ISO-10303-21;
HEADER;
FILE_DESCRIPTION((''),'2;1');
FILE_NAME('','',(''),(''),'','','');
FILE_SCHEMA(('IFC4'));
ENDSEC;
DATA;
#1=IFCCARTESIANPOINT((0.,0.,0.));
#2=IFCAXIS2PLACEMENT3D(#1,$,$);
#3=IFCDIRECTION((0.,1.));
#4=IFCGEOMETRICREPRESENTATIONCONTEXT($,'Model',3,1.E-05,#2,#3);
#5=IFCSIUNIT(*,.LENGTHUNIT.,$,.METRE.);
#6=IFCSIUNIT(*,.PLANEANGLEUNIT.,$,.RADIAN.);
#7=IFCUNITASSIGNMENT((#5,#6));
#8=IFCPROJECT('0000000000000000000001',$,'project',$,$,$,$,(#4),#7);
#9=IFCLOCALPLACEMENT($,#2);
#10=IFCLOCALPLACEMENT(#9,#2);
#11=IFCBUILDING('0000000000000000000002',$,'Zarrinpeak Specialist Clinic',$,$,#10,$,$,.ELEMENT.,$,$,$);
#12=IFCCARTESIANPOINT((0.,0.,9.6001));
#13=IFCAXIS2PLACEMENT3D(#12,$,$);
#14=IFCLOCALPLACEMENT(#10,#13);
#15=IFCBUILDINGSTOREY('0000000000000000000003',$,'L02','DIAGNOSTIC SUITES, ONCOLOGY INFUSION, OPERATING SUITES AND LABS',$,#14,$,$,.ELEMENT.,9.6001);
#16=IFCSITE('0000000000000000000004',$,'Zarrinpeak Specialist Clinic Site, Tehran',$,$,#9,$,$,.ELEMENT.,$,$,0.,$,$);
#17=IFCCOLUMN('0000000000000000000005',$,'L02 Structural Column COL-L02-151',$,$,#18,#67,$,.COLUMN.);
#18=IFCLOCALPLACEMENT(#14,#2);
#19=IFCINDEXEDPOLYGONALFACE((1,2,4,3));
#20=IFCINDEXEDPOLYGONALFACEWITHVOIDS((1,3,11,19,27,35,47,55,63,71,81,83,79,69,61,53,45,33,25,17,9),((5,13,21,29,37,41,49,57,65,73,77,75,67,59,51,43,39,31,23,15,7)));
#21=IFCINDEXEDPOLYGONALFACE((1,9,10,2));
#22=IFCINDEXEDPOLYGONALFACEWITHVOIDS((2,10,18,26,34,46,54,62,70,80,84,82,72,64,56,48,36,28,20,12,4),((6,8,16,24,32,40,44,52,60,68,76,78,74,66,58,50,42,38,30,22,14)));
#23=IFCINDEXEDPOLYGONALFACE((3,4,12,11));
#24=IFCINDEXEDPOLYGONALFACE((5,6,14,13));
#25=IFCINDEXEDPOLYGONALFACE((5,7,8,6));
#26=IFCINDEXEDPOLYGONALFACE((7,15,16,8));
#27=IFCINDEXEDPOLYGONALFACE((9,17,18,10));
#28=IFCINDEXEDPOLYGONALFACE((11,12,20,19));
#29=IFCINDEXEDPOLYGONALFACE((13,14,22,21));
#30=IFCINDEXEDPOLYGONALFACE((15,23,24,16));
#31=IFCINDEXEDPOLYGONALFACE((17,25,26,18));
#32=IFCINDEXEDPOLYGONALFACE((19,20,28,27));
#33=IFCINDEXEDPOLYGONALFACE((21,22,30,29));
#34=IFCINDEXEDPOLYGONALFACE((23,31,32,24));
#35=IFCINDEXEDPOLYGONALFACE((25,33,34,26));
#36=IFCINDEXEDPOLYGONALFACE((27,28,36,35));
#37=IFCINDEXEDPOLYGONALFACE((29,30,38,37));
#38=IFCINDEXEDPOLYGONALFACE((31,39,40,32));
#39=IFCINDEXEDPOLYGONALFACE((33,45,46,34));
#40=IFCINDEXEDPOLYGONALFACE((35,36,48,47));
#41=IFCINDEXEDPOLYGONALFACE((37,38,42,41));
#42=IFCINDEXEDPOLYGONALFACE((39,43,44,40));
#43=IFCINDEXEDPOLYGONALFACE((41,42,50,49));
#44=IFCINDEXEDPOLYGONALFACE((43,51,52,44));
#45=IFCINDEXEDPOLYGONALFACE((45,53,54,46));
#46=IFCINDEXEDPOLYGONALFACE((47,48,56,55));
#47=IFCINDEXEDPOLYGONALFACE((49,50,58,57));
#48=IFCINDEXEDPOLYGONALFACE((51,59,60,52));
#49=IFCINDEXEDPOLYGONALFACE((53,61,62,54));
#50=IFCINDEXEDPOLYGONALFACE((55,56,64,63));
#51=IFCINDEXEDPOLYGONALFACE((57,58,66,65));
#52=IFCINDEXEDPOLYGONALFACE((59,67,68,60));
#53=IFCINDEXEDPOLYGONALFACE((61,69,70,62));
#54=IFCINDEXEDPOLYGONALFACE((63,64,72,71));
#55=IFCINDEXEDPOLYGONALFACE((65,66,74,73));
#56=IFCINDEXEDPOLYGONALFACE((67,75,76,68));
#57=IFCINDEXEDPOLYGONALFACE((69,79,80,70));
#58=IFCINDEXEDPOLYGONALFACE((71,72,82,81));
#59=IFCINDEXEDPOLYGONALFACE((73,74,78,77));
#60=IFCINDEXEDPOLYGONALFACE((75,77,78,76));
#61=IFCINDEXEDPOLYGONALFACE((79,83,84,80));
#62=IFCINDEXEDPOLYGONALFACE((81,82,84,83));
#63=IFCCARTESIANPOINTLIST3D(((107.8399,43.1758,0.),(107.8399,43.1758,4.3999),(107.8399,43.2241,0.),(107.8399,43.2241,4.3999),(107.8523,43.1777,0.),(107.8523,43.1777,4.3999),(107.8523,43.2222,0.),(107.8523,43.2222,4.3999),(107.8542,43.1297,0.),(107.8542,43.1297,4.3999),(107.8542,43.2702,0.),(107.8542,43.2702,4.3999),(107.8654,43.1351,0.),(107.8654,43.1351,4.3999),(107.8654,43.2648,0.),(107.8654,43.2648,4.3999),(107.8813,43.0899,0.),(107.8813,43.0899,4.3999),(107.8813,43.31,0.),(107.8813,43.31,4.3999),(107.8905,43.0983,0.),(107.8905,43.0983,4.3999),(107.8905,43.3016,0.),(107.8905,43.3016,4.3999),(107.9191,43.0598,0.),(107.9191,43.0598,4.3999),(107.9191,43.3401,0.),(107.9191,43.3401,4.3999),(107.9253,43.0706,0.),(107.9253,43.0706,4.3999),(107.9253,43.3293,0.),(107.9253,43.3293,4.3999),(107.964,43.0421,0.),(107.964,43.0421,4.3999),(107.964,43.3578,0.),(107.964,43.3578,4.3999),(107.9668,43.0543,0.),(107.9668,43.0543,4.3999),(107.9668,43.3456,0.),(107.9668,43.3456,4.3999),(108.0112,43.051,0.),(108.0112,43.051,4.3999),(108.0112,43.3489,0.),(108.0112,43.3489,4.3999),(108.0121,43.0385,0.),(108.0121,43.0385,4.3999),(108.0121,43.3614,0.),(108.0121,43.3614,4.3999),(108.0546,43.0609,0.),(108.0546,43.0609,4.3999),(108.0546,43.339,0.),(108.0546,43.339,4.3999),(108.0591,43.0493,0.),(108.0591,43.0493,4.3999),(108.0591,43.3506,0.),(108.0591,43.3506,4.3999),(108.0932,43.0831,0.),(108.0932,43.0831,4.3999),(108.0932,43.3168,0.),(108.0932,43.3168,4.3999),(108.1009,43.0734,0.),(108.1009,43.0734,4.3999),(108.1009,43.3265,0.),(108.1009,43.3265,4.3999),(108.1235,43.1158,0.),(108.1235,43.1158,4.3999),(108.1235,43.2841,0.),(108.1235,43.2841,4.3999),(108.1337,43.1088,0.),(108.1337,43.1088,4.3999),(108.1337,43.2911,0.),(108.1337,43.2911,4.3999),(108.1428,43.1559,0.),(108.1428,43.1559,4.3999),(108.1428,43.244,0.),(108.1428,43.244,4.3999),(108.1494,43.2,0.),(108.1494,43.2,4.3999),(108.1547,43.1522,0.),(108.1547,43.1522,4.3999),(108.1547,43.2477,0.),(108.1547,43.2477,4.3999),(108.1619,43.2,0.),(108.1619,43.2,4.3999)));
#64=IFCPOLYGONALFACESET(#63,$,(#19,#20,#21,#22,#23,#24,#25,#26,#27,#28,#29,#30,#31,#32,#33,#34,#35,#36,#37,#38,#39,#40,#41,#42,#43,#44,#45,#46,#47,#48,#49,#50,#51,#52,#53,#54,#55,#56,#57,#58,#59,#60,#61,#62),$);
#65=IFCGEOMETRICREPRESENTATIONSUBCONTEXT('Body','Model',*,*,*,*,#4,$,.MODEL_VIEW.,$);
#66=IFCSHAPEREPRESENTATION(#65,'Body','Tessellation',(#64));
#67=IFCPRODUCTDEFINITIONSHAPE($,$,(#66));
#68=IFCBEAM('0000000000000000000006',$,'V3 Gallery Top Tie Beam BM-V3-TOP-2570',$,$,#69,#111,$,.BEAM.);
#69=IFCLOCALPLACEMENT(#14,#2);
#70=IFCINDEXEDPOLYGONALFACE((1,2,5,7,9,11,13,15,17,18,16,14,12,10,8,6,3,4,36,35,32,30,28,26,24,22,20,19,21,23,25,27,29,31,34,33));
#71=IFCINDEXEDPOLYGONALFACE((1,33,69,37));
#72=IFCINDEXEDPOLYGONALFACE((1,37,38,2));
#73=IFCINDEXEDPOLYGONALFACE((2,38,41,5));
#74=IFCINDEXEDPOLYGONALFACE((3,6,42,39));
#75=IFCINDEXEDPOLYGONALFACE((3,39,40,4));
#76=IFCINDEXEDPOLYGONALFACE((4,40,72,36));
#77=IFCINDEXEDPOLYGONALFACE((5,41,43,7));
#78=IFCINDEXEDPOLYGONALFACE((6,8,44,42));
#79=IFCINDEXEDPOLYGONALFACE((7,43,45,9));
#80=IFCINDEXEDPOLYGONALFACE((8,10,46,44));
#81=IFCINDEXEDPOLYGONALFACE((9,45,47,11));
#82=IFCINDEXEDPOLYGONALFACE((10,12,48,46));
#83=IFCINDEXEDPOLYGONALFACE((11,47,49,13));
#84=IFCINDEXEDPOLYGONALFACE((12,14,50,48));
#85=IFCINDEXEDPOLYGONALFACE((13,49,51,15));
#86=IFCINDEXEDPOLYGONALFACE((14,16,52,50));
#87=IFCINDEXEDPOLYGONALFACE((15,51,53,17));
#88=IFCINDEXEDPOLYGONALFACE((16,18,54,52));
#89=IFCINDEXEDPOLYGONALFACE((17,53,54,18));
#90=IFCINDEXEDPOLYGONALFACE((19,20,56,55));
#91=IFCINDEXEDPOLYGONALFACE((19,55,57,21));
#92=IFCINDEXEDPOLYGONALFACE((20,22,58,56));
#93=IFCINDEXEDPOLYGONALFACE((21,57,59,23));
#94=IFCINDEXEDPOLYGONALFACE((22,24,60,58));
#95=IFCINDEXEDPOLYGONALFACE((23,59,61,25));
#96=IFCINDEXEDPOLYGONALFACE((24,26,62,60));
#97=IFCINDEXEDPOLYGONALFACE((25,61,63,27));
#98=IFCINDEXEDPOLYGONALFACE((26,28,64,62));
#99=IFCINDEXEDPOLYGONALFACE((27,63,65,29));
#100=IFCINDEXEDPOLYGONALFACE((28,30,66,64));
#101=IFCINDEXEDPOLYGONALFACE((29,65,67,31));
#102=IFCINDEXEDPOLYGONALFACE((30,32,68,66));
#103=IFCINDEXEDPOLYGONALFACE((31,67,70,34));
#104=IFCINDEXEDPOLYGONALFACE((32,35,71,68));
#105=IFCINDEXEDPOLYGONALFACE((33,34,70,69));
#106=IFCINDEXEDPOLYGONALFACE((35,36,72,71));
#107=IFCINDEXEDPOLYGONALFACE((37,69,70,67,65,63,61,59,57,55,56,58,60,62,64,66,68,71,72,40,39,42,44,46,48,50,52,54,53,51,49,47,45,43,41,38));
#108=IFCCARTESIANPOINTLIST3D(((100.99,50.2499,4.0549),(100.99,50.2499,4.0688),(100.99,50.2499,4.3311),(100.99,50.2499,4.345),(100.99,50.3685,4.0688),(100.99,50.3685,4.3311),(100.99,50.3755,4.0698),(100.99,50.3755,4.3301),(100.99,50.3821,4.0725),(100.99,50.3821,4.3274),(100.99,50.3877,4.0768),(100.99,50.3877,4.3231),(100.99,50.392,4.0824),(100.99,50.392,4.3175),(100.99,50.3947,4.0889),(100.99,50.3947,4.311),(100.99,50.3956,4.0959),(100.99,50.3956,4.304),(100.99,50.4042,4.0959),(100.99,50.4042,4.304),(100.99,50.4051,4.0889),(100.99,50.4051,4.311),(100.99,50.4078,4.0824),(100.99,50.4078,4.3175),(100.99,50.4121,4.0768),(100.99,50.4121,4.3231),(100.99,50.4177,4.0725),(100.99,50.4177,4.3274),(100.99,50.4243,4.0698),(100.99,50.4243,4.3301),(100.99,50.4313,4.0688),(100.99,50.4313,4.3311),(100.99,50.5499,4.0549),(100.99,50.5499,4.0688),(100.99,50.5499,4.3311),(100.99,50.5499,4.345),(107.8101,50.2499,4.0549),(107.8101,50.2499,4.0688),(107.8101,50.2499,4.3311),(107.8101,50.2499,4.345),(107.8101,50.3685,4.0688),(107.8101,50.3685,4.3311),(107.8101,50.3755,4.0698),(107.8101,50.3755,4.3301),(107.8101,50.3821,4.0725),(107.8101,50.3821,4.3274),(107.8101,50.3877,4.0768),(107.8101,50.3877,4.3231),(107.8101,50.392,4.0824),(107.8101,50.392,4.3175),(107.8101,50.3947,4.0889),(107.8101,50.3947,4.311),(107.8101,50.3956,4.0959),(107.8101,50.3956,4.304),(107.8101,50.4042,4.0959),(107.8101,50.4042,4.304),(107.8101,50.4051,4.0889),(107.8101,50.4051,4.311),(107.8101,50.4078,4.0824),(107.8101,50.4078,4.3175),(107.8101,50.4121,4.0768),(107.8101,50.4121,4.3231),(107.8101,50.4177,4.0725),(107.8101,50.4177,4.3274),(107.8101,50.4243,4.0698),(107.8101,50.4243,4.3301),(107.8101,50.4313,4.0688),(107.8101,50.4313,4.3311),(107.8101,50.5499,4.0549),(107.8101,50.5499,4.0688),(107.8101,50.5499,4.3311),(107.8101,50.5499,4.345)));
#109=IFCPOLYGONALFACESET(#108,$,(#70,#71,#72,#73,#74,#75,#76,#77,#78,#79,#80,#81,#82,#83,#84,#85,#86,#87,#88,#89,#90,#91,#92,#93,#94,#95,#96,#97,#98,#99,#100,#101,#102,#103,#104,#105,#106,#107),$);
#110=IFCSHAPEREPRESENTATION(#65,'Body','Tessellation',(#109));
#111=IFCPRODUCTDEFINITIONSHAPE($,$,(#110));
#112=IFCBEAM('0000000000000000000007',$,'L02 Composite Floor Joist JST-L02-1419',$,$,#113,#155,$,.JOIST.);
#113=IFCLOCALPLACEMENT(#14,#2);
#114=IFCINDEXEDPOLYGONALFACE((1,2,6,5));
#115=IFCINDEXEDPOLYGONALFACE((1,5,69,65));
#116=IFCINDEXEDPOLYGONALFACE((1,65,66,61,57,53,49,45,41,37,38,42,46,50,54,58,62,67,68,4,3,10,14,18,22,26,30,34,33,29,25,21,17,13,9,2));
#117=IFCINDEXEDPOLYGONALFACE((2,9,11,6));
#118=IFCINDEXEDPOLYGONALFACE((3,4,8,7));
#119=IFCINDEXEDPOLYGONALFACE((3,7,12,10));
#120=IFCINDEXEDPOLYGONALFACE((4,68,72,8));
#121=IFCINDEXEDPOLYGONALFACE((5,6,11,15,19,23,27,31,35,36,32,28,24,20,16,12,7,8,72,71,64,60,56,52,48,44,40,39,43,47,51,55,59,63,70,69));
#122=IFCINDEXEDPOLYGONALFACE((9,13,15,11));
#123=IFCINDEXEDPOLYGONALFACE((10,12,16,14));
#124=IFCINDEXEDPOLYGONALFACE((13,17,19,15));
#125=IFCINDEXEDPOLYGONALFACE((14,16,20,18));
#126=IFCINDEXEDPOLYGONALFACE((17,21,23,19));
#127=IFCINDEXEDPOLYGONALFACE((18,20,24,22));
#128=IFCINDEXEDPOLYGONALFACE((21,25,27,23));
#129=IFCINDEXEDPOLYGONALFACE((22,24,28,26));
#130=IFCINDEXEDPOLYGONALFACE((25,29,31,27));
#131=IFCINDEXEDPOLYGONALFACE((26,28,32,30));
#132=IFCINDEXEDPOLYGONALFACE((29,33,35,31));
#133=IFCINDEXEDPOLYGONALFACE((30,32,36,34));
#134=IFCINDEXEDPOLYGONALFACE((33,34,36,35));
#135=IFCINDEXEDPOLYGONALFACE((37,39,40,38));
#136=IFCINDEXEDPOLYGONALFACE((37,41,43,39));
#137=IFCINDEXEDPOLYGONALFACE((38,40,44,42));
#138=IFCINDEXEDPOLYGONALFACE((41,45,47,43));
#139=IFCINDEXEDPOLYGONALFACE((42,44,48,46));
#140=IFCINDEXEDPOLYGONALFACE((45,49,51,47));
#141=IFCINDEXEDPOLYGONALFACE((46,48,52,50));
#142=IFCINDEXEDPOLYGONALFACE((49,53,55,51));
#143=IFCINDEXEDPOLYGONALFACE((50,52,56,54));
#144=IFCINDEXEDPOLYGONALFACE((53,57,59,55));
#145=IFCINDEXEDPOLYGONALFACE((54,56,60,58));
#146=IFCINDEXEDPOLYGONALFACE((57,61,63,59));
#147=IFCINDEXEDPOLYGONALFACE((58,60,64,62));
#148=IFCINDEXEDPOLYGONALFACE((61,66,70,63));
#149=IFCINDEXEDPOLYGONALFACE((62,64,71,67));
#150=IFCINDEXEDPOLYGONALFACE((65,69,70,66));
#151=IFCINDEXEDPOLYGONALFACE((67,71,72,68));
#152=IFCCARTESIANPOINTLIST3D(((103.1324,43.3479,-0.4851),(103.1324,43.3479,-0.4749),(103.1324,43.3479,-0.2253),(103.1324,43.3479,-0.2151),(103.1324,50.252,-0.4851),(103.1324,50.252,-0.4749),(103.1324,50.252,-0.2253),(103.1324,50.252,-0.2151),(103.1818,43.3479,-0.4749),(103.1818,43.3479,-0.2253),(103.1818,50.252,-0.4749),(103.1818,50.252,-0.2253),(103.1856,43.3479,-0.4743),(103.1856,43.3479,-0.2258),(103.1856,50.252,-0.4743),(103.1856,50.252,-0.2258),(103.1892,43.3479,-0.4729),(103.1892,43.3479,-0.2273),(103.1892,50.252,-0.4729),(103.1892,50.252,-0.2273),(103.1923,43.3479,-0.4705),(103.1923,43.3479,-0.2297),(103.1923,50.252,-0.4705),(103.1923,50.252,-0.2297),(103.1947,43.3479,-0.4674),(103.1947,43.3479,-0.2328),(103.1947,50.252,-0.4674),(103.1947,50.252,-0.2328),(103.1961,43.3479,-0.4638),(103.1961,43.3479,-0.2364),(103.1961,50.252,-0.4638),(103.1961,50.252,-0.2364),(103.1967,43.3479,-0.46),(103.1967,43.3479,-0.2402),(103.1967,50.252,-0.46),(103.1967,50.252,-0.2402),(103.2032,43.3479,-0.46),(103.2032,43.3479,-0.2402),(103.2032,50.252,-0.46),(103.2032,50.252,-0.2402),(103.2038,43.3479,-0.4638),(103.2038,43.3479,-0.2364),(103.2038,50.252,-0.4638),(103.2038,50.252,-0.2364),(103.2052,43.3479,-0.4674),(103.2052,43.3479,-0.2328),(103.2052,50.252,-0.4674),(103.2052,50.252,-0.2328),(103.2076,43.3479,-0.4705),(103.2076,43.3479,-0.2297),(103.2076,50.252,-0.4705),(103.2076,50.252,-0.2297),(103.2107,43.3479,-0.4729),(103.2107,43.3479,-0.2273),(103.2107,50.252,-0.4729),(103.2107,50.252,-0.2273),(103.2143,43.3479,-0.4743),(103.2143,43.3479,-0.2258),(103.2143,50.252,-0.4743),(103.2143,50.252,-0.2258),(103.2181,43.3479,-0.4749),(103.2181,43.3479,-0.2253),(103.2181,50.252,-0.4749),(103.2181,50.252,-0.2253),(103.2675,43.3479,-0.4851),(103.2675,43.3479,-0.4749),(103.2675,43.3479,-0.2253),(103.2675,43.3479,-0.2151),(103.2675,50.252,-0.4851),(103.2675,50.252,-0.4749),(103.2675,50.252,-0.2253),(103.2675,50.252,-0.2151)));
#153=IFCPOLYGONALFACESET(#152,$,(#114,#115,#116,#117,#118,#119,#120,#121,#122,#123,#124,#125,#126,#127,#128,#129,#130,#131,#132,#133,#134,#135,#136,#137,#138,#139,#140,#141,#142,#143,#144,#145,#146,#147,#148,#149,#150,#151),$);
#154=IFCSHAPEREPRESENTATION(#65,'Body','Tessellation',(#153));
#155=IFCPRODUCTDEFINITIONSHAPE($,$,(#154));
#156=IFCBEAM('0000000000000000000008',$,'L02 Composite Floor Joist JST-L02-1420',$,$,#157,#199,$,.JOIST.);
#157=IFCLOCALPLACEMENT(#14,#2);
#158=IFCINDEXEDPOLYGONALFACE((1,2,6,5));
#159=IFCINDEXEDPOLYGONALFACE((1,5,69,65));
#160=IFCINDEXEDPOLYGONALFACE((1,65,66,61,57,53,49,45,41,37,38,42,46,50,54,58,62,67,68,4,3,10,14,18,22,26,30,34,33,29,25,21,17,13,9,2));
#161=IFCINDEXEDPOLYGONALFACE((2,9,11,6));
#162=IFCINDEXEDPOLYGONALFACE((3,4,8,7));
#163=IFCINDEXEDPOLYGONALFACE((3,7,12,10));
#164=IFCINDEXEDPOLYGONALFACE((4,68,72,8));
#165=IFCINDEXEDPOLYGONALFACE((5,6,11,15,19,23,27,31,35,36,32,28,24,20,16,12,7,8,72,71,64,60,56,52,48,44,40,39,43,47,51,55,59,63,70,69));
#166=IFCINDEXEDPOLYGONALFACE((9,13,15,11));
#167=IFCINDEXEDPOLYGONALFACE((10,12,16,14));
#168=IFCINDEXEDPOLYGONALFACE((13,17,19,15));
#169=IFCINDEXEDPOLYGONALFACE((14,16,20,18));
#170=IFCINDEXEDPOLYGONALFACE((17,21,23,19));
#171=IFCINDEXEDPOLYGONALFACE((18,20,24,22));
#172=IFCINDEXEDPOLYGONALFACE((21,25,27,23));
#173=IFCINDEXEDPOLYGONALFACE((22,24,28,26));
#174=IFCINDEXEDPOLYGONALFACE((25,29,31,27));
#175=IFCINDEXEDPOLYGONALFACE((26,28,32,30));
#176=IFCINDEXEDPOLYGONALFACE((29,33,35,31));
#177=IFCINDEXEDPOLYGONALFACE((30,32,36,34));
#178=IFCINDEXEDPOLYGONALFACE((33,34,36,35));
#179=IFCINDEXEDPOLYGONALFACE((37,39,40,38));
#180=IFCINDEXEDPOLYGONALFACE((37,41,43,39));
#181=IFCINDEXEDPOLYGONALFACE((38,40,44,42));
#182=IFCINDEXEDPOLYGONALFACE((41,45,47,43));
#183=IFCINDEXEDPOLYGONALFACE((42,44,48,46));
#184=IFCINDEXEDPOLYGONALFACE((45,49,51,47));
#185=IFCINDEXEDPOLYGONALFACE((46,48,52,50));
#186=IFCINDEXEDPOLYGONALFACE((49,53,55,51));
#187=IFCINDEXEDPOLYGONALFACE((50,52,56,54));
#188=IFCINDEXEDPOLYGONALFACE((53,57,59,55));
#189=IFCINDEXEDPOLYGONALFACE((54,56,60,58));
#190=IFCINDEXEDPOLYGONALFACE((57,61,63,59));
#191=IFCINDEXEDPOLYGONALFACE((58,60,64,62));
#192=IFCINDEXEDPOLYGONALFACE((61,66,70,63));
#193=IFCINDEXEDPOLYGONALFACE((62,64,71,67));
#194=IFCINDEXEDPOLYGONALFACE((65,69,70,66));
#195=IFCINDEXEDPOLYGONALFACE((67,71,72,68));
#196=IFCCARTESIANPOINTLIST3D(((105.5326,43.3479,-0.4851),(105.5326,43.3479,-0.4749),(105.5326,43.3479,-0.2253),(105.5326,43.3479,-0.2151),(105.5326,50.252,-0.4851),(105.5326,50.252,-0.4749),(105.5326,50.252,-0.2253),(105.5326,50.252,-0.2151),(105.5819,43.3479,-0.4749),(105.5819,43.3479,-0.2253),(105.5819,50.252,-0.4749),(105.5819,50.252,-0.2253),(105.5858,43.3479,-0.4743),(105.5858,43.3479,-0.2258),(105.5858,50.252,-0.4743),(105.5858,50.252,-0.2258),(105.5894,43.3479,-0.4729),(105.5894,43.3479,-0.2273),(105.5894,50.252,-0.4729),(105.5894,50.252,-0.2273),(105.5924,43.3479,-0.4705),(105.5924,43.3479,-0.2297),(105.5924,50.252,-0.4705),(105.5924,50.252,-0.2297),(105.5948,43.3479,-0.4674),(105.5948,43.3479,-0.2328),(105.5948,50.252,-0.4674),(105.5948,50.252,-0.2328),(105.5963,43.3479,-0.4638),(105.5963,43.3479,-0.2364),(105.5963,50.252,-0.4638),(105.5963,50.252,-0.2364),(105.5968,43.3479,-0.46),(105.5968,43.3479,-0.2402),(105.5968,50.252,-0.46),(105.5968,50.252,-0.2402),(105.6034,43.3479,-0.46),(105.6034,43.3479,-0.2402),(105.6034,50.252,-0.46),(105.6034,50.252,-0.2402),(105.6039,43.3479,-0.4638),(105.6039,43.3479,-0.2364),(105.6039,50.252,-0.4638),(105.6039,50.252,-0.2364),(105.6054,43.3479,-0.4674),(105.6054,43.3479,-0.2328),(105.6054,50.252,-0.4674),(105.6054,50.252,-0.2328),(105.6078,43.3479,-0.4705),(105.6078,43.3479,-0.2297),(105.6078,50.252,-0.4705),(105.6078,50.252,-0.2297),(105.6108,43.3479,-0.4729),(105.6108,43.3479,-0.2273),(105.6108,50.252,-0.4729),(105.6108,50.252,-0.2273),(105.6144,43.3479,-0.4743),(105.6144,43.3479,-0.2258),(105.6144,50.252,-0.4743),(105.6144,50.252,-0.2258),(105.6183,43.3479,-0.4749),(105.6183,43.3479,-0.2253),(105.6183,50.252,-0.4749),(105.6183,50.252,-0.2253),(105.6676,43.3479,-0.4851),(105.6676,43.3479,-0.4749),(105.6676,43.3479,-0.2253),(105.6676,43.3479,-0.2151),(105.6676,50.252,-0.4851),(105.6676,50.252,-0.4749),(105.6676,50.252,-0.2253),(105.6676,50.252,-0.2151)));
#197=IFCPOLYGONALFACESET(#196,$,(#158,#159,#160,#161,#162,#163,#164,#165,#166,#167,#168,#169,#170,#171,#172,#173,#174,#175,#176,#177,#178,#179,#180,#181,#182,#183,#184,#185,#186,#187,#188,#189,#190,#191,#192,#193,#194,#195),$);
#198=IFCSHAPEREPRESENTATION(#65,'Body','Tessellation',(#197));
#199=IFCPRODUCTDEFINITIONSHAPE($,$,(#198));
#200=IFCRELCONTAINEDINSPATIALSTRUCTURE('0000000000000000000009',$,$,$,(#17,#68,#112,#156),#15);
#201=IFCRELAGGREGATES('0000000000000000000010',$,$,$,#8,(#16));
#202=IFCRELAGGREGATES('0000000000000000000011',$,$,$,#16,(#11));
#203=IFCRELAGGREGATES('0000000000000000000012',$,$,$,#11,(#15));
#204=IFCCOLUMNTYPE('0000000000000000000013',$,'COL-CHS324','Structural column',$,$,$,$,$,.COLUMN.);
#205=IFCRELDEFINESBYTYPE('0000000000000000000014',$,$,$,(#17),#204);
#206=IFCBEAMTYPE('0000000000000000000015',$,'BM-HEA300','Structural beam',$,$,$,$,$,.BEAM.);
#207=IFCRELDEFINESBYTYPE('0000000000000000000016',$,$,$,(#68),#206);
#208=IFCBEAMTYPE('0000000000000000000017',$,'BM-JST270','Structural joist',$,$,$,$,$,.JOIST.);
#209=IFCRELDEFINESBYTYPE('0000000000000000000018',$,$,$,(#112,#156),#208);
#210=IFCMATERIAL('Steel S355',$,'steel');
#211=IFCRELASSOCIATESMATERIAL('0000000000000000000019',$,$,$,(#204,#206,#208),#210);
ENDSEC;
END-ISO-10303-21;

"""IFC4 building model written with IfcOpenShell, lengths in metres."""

from ifc_helpers import new_model, si_unit, direction, frame, origin, origin_2d, place, context, subcontext, project, spatial, hollow_circle, i_section, extrude, material, material_profile, profile_set, type_object, element, save


model = new_model("IFC4")

# Units and contexts
model_context = context("Model", 3, precision=1e-05, world=origin(), true_north=direction((0.0, 1.0)))
body_context = subcontext(model_context, "Body", "Model", "MODEL_VIEW")
ifc_project = project(units=[si_unit("LENGTHUNIT", "METRE"), si_unit("PLANEANGLEUNIT", "RADIAN")], contexts=[model_context])

# Site, building, storey
site_placement = place(None, origin())
site = spatial("IfcSite", under=ifc_project, at=site_placement, Name="Zarrinpeak Specialist Clinic Site, Tehran", CompositionType="ELEMENT", RefElevation=0.0)
building_placement = place(site_placement, origin())
building = spatial("IfcBuilding", under=site, at=building_placement, Name="Zarrinpeak Specialist Clinic", CompositionType="ELEMENT")
storey_placement = place(building_placement, frame((0.0, 0.0, 9.6001)))
storey = spatial("IfcBuildingStorey", under=building, at=storey_placement, Name="L02", Description="DIAGNOSTIC SUITES, ONCOLOGY INFUSION, OPERATING SUITES AND LABS", CompositionType="ELEMENT", Elevation=9.6001)

# Column
ifc_material_1 = material(Name="Steel S355", Category="steel")
ifc_material_profile_1 = material_profile(ifc_material_1, hollow_circle(Radius=0.1619, WallThickness=0.0125, at=origin_2d()), Name="CHS 323.9x12.5")
ifc_profile_set_1 = profile_set([ifc_material_profile_1], Name="Steel S355")
column_type = type_object("IfcColumnType", Name="COL-CHS324", Description="Structural column", PredefinedType="COLUMN", material=ifc_profile_set_1)
column_placement = place(storey_placement, frame((108.0, 43.2, 0.0), z_axis=(0.0, 0.0, 1.0), x_axis=(1.0, 0.0, 0.0)))
element("IfcColumn", 1, at=column_placement, inside=storey, type_object=column_type, Name="L02 Structural Column COL-L02-151", PredefinedType="COLUMN", context=body_context, shape_type="SweptSolid", body=[
    extrude(hollow_circle(Radius=0.1619, WallThickness=0.0125, at=origin_2d()), origin(), (0.0, 0.0, 1.0), 4.3999),
])

# Beams
ifc_material_profile_2 = material_profile(ifc_material_1, i_section(OverallWidth=0.3, OverallDepth=0.29, WebThickness=0.0085, FlangeThickness=0.0139, FilletRadius=0.0271, at=origin_2d()), Name="HEA 300")
ifc_profile_set_2 = profile_set([ifc_material_profile_2], Name="Steel S355")
beam_type_1 = type_object("IfcBeamType", Name="BM-HEA300", Description="Structural beam", PredefinedType="BEAM", material=ifc_profile_set_2)
beam_1_placement = place(storey_placement, frame((100.99, 50.3999, 4.2), z_axis=(1.0, 0.0, 0.0), x_axis=(0.0, 1.0, 0.0)))
element("IfcBeam", 2, at=beam_1_placement, inside=storey, type_object=beam_type_1, Name="V3 Gallery Top Tie Beam BM-V3-TOP-2570", PredefinedType="BEAM", context=body_context, shape_type="SweptSolid", body=[
    extrude(i_section(OverallWidth=0.3, OverallDepth=0.29, WebThickness=0.0085, FlangeThickness=0.0139, FilletRadius=0.0271, at=origin_2d()), origin(), (0.0, 0.0, 1.0), 6.8201),
])
ifc_material_profile_3 = material_profile(ifc_material_1, i_section(OverallWidth=0.135, OverallDepth=0.27, WebThickness=0.0066, FlangeThickness=0.0103, FilletRadius=0.0149, at=origin_2d()), Name="IPE 270")
ifc_profile_set_3 = profile_set([ifc_material_profile_3], Name="Steel S355")
beam_type_2 = type_object("IfcBeamType", Name="BM-JST270", Description="Structural joist", PredefinedType="JOIST", material=ifc_profile_set_3)
for number, where, z_axis, x_axis, name in (
    (3, (103.2, 43.3479, -0.3501), (0.0, 1.0, 0.0), (-1.0, 0.0, 0.0), "L02 Composite Floor Joist JST-L02-1419"),
    (4, (105.6001, 43.3479, -0.3501), (0.0, 1.0, 0.0), (-1.0, 0.0, 0.0), "L02 Composite Floor Joist JST-L02-1420"),
):
    element("IfcBeam", number, at=place(storey_placement, frame(where, z_axis=z_axis, x_axis=x_axis)), inside=storey, type_object=beam_type_2, Name=name, PredefinedType="JOIST", context=body_context, shape_type="SweptSolid", body=[
        extrude(i_section(OverallWidth=0.135, OverallDepth=0.27, WebThickness=0.0066, FlangeThickness=0.0103, FilletRadius=0.0149, at=origin_2d()), origin(), (0.0, 0.0, 1.0), 6.9041),
    ])

save(model, "model.ifc")
